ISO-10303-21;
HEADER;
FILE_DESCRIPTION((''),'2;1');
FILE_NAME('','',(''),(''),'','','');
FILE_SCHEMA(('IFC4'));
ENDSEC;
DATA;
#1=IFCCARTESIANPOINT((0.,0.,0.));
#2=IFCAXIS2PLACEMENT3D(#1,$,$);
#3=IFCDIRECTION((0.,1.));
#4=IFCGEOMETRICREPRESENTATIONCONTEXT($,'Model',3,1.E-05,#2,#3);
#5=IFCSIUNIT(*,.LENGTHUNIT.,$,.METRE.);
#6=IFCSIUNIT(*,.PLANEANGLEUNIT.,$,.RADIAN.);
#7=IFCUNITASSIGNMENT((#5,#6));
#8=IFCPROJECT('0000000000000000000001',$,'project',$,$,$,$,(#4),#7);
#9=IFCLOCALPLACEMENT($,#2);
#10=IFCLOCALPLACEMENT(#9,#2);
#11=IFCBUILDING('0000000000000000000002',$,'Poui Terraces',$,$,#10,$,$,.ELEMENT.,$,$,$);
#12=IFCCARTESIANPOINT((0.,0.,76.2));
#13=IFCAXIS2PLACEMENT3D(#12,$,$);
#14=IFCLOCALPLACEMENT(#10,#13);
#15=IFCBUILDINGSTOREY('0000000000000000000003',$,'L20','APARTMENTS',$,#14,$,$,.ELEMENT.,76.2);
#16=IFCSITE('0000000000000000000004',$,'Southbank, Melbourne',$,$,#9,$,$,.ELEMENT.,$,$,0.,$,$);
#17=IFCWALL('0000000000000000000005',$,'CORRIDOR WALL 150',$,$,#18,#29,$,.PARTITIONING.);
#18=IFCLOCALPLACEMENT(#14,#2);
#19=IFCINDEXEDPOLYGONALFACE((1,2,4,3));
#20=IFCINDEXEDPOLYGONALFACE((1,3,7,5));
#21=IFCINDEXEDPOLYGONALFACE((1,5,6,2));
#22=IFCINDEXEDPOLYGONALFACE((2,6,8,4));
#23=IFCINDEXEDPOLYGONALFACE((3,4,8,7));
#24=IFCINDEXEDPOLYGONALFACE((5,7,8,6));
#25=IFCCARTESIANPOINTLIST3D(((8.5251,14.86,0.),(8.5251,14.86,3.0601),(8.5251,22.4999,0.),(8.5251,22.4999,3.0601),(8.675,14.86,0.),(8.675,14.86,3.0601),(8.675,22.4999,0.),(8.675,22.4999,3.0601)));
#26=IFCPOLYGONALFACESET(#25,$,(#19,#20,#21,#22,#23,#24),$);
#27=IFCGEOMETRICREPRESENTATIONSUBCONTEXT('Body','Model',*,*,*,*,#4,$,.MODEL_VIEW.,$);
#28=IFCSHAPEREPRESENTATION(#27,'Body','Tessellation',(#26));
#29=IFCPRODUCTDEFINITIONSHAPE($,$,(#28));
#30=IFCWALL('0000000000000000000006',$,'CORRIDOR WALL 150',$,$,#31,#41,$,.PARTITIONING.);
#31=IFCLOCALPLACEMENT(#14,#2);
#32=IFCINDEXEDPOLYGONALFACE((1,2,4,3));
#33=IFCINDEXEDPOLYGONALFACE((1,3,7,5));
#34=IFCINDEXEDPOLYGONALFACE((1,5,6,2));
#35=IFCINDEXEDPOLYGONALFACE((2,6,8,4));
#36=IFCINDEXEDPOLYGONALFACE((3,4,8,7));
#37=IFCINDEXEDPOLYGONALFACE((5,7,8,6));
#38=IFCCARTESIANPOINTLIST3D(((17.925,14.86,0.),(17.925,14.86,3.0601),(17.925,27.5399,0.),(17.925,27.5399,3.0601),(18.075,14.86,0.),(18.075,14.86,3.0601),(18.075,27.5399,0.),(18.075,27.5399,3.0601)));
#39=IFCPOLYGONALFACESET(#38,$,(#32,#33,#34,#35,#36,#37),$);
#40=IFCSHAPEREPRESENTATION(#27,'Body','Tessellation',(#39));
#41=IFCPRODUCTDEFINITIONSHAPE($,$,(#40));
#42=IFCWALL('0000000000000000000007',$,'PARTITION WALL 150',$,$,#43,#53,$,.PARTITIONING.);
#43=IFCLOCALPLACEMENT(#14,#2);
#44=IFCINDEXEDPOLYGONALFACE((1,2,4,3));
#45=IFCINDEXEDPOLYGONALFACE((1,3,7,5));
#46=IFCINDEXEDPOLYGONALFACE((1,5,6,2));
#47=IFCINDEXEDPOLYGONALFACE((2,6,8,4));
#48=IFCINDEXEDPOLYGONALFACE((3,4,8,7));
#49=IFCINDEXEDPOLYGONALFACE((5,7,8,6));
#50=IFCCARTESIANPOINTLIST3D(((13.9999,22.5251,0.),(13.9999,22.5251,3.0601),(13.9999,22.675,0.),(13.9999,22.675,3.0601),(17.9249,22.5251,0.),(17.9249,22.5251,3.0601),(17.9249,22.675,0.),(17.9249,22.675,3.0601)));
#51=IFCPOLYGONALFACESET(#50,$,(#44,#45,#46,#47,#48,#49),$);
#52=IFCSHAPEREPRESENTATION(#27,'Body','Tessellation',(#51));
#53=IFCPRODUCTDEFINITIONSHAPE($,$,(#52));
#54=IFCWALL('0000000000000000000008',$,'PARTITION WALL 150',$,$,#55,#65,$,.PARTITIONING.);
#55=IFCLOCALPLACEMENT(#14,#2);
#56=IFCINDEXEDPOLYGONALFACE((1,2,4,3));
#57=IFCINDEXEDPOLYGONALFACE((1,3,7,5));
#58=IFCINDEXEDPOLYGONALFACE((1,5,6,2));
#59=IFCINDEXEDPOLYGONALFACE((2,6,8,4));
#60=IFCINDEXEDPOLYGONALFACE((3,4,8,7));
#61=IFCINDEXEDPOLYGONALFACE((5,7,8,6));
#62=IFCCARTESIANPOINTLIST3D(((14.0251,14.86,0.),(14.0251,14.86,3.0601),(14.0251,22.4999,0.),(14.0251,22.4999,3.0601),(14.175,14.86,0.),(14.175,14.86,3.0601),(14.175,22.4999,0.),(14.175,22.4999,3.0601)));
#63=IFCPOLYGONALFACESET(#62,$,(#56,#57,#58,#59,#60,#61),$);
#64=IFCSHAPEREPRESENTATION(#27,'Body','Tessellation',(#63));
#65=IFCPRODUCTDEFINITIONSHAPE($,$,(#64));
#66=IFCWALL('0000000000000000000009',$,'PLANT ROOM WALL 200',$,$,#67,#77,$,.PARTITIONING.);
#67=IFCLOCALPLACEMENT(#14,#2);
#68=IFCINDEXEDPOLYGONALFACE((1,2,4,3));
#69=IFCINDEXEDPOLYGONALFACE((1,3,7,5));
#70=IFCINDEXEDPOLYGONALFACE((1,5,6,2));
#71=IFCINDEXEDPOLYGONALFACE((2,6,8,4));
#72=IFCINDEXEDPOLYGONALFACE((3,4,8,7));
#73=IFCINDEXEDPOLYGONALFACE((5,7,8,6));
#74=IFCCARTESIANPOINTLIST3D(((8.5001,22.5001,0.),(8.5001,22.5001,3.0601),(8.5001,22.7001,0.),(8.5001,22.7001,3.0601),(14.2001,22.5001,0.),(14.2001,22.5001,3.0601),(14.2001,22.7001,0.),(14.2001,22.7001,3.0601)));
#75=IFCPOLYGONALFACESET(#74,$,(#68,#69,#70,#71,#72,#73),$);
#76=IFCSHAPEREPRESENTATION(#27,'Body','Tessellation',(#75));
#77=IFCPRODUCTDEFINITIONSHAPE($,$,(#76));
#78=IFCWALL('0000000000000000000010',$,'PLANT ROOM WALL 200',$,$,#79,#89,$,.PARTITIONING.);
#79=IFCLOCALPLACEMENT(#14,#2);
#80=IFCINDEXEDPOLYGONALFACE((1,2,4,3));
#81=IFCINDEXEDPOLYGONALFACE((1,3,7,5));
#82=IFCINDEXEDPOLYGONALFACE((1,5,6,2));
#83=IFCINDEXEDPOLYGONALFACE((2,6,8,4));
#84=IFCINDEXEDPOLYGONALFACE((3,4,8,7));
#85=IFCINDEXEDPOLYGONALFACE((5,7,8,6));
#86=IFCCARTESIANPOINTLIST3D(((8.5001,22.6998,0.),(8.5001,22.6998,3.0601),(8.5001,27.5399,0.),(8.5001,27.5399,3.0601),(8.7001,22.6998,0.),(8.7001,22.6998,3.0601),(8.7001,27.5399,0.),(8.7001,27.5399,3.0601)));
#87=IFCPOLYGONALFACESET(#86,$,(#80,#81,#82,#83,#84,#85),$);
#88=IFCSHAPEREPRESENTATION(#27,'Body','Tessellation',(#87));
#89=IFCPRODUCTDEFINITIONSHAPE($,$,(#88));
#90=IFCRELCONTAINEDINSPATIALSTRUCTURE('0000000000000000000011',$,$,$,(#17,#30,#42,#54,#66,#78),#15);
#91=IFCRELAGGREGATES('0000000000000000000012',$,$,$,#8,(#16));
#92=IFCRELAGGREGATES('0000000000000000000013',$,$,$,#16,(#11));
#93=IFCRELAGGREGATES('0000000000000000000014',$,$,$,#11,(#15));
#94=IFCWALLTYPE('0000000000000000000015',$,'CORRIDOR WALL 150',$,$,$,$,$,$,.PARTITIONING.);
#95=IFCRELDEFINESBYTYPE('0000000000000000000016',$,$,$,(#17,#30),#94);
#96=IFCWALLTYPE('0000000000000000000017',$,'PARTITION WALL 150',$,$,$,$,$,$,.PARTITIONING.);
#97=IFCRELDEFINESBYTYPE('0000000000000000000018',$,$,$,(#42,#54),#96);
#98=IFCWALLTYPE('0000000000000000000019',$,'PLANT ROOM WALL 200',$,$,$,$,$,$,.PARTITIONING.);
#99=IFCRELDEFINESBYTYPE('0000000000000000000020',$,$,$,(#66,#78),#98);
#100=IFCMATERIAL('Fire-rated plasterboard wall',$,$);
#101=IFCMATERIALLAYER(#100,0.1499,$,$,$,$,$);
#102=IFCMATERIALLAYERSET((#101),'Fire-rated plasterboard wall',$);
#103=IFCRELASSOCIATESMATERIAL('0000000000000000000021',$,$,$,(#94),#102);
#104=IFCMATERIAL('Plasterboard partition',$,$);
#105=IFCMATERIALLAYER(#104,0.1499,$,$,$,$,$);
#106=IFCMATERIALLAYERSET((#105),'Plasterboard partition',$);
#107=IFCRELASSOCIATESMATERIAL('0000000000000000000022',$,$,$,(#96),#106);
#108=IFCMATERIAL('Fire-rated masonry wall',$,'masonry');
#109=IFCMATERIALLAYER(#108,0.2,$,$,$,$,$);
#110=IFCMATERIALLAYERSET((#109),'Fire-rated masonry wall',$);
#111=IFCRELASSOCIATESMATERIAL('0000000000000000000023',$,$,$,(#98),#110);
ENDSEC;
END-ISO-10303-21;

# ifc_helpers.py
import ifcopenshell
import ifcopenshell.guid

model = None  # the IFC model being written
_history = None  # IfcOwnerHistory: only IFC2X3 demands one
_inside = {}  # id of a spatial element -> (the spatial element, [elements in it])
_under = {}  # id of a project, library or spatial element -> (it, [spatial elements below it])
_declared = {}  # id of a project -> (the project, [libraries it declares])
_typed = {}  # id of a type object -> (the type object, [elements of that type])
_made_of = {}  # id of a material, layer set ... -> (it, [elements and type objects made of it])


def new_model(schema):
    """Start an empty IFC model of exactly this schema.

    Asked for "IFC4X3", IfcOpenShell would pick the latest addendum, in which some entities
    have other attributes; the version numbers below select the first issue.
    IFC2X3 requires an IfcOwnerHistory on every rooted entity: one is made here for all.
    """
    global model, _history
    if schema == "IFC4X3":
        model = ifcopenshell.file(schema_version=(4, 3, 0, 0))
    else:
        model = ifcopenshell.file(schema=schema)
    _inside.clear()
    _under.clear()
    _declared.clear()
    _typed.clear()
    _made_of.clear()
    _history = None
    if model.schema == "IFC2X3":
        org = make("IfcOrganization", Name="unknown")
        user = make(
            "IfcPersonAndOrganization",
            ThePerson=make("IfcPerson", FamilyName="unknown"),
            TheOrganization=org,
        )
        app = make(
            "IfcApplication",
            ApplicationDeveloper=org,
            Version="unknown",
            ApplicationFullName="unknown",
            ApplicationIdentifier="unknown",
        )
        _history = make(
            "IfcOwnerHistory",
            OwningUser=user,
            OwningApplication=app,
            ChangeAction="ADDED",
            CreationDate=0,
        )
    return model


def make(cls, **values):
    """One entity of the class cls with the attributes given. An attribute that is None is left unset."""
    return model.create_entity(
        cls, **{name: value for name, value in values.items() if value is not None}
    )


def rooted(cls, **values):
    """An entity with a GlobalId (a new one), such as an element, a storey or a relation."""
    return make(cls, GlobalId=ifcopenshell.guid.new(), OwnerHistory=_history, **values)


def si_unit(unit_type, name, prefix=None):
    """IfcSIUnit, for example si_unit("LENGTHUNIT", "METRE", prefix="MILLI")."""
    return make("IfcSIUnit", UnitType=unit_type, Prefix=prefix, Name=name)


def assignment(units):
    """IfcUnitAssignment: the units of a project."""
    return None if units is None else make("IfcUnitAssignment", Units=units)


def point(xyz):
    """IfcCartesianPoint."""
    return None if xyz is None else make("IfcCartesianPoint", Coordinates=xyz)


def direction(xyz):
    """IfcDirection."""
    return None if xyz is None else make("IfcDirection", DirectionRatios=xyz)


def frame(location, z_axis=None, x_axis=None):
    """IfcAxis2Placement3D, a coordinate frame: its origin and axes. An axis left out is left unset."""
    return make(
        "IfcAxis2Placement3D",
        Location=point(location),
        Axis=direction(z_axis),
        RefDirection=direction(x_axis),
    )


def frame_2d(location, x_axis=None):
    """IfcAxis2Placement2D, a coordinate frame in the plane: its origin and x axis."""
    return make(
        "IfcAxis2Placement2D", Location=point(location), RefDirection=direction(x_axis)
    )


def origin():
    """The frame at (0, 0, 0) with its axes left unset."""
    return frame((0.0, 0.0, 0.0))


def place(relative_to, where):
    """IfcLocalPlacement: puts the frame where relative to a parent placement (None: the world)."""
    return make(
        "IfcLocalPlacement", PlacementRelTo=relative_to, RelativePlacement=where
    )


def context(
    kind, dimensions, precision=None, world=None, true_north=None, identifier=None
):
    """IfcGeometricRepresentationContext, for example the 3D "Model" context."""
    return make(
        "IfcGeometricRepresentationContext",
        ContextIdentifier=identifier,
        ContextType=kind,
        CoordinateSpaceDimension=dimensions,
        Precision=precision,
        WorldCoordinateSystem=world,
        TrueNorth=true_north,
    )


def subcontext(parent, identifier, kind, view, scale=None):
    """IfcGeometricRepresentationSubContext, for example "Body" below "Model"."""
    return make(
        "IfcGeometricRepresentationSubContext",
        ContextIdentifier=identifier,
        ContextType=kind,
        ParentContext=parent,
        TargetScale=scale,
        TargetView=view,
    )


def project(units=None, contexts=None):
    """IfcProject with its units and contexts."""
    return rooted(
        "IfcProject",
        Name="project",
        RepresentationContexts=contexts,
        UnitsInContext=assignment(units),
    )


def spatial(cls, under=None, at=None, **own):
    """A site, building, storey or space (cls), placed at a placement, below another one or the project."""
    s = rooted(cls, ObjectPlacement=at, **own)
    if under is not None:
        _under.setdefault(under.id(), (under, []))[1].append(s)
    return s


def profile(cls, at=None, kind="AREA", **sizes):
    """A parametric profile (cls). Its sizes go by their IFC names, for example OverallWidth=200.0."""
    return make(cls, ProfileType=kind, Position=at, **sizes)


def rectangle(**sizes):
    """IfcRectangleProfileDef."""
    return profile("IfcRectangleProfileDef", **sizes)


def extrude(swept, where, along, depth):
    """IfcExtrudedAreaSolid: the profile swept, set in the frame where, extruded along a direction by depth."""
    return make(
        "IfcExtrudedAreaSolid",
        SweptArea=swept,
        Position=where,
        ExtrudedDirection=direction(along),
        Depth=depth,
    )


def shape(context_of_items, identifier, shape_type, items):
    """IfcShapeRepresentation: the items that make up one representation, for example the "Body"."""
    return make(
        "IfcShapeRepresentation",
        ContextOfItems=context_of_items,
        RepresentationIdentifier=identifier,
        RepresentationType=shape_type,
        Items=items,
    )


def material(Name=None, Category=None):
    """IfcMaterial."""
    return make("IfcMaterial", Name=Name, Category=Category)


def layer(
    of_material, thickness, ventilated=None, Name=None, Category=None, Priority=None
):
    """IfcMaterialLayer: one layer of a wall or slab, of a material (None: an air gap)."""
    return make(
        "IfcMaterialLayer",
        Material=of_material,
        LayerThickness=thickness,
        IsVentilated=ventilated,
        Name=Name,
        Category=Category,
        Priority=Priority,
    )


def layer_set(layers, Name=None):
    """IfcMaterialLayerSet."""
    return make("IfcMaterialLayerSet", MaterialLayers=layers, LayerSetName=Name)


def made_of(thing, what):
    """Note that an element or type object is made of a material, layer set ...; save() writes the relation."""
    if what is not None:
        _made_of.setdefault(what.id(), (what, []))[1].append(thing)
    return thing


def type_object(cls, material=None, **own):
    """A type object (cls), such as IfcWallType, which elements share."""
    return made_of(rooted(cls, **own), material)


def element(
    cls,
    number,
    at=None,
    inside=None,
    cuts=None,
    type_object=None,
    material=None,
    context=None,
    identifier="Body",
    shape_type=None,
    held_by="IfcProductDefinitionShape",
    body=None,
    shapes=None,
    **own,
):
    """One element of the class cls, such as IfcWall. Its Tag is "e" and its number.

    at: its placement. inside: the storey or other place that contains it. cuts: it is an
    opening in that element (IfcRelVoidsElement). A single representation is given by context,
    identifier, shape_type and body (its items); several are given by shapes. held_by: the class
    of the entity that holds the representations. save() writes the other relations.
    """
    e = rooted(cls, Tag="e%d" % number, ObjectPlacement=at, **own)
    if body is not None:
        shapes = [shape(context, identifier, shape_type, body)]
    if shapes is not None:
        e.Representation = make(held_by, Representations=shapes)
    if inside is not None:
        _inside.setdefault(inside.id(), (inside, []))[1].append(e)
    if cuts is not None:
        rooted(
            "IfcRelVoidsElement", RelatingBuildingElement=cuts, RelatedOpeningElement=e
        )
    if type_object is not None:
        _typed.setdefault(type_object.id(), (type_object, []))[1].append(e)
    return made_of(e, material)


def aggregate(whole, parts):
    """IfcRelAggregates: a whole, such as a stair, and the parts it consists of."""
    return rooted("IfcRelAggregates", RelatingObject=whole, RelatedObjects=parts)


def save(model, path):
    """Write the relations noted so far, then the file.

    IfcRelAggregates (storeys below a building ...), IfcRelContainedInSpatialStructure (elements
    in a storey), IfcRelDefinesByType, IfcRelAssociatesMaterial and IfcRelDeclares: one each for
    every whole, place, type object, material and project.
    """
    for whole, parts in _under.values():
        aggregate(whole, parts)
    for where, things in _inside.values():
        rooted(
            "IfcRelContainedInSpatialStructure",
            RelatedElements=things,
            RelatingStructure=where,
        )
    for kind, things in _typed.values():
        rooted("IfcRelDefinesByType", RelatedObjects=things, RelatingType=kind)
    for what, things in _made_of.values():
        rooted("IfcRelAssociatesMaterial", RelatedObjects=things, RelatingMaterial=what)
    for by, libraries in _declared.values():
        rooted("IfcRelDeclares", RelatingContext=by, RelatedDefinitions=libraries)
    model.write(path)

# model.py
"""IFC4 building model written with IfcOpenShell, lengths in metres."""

from ifc_helpers import new_model, si_unit, direction, frame, frame_2d, origin, place, context, subcontext, project, spatial, rectangle, extrude, material, layer, layer_set, type_object, element, save


model = new_model("IFC4")

# Units and contexts
model_context = context("Model", 3, precision=1e-05, world=origin(), true_north=direction((0.0, 1.0)))
body_context = subcontext(model_context, "Body", "Model", "MODEL_VIEW")
ifc_project = project(units=[si_unit("LENGTHUNIT", "METRE"), si_unit("PLANEANGLEUNIT", "RADIAN")], contexts=[model_context])

# Site, building, storey
site_placement = place(None, origin())
site = spatial("IfcSite", under=ifc_project, at=site_placement, Name="Southbank, Melbourne", CompositionType="ELEMENT", RefElevation=0.0)
building_placement = place(site_placement, origin())
building = spatial("IfcBuilding", under=site, at=building_placement, Name="Poui Terraces", CompositionType="ELEMENT")
storey_placement = place(building_placement, frame((0.0, 0.0, 76.2)))
storey = spatial("IfcBuildingStorey", under=building, at=storey_placement, Name="L20", Description="APARTMENTS", CompositionType="ELEMENT", Elevation=76.2)

# Walls
ifc_material_1 = material(Name="Fire-rated plasterboard wall")
ifc_layer_1 = layer(ifc_material_1, 0.1499)
ifc_layer_set_1 = layer_set([ifc_layer_1], Name="Fire-rated plasterboard wall")
wall_type_1 = type_object("IfcWallType", Name="CORRIDOR WALL 150", PredefinedType="PARTITIONING", material=ifc_layer_set_1)
wall_1_placement = place(storey_placement, frame((8.6001, 14.8601, 0.0), z_axis=(0.0, 0.0, 1.0), x_axis=(0.0, 1.0, 0.0)))
element("IfcWall", 1, at=wall_1_placement, inside=storey, type_object=wall_type_1, Name="CORRIDOR WALL 150", PredefinedType="PARTITIONING", context=body_context, shape_type="SweptSolid", body=[
    extrude(rectangle(XDim=7.6399, YDim=0.1499, at=frame_2d((3.8198, 0.0))), origin(), (0.0, 0.0, 1.0), 3.0601),
])
wall_2_placement = place(storey_placement, frame((18.0, 14.8601, 0.0), z_axis=(0.0, 0.0, 1.0), x_axis=(0.0, 1.0, 0.0)))
element("IfcWall", 2, at=wall_2_placement, inside=storey, type_object=wall_type_1, Name="CORRIDOR WALL 150", PredefinedType="PARTITIONING", context=body_context, shape_type="SweptSolid", body=[
    extrude(rectangle(XDim=12.6799, YDim=0.1499, at=frame_2d((6.3398, 0.0))), origin(), (0.0, 0.0, 1.0), 3.0601),
])
ifc_material_2 = material(Name="Plasterboard partition")
ifc_layer_2 = layer(ifc_material_2, 0.1499)
ifc_layer_set_2 = layer_set([ifc_layer_2], Name="Plasterboard partition")
wall_type_2 = type_object("IfcWallType", Name="PARTITION WALL 150", PredefinedType="PARTITIONING", material=ifc_layer_set_2)
wall_3_placement = place(storey_placement, frame((14.0, 22.6001, 0.0), z_axis=(0.0, 0.0, 1.0), x_axis=(1.0, 0.0, 0.0)))
element("IfcWall", 3, at=wall_3_placement, inside=storey, type_object=wall_type_2, Name="PARTITION WALL 150", PredefinedType="PARTITIONING", context=body_context, shape_type="SweptSolid", body=[
    extrude(rectangle(XDim=3.925, YDim=0.1499, at=frame_2d((1.9624, 0.0))), origin(), (0.0, 0.0, 1.0), 3.0601),
])
wall_4_placement = place(storey_placement, frame((14.1001, 14.8601, 0.0), z_axis=(0.0, 0.0, 1.0), x_axis=(0.0, 1.0, 0.0)))
element("IfcWall", 4, at=wall_4_placement, inside=storey, type_object=wall_type_2, Name="PARTITION WALL 150", PredefinedType="PARTITIONING", context=body_context, shape_type="SweptSolid", body=[
    extrude(rectangle(XDim=7.6399, YDim=0.1499, at=frame_2d((3.8198, 0.0))), origin(), (0.0, 0.0, 1.0), 3.0601),
])
ifc_material_3 = material(Name="Fire-rated masonry wall", Category="masonry")
ifc_layer_3 = layer(ifc_material_3, 0.2)
ifc_layer_set_3 = layer_set([ifc_layer_3], Name="Fire-rated masonry wall")
wall_type_3 = type_object("IfcWallType", Name="PLANT ROOM WALL 200", PredefinedType="PARTITIONING", material=ifc_layer_set_3)
wall_5_placement = place(storey_placement, frame((8.5, 22.6001, 0.0), z_axis=(0.0, 0.0, 1.0), x_axis=(1.0, 0.0, 0.0)))
element("IfcWall", 5, at=wall_5_placement, inside=storey, type_object=wall_type_3, Name="PLANT ROOM WALL 200", PredefinedType="PARTITIONING", context=body_context, shape_type="SweptSolid", body=[
    extrude(rectangle(XDim=5.7, YDim=0.2, at=frame_2d((2.8501, 0.0))), origin(), (0.0, 0.0, 1.0), 3.0601),
])
wall_6_placement = place(storey_placement, frame((8.6001, 22.7, 0.0), z_axis=(0.0, 0.0, 1.0), x_axis=(0.0, 1.0, 0.0)))
element("IfcWall", 6, at=wall_6_placement, inside=storey, type_object=wall_type_3, Name="PLANT ROOM WALL 200", PredefinedType="PARTITIONING", context=body_context, shape_type="SweptSolid", body=[
    extrude(rectangle(XDim=4.8401, YDim=0.2, at=frame_2d((2.4199, 0.0))), origin(), (0.0, 0.0, 1.0), 3.0601),
])

save(model, "model.ifc")
